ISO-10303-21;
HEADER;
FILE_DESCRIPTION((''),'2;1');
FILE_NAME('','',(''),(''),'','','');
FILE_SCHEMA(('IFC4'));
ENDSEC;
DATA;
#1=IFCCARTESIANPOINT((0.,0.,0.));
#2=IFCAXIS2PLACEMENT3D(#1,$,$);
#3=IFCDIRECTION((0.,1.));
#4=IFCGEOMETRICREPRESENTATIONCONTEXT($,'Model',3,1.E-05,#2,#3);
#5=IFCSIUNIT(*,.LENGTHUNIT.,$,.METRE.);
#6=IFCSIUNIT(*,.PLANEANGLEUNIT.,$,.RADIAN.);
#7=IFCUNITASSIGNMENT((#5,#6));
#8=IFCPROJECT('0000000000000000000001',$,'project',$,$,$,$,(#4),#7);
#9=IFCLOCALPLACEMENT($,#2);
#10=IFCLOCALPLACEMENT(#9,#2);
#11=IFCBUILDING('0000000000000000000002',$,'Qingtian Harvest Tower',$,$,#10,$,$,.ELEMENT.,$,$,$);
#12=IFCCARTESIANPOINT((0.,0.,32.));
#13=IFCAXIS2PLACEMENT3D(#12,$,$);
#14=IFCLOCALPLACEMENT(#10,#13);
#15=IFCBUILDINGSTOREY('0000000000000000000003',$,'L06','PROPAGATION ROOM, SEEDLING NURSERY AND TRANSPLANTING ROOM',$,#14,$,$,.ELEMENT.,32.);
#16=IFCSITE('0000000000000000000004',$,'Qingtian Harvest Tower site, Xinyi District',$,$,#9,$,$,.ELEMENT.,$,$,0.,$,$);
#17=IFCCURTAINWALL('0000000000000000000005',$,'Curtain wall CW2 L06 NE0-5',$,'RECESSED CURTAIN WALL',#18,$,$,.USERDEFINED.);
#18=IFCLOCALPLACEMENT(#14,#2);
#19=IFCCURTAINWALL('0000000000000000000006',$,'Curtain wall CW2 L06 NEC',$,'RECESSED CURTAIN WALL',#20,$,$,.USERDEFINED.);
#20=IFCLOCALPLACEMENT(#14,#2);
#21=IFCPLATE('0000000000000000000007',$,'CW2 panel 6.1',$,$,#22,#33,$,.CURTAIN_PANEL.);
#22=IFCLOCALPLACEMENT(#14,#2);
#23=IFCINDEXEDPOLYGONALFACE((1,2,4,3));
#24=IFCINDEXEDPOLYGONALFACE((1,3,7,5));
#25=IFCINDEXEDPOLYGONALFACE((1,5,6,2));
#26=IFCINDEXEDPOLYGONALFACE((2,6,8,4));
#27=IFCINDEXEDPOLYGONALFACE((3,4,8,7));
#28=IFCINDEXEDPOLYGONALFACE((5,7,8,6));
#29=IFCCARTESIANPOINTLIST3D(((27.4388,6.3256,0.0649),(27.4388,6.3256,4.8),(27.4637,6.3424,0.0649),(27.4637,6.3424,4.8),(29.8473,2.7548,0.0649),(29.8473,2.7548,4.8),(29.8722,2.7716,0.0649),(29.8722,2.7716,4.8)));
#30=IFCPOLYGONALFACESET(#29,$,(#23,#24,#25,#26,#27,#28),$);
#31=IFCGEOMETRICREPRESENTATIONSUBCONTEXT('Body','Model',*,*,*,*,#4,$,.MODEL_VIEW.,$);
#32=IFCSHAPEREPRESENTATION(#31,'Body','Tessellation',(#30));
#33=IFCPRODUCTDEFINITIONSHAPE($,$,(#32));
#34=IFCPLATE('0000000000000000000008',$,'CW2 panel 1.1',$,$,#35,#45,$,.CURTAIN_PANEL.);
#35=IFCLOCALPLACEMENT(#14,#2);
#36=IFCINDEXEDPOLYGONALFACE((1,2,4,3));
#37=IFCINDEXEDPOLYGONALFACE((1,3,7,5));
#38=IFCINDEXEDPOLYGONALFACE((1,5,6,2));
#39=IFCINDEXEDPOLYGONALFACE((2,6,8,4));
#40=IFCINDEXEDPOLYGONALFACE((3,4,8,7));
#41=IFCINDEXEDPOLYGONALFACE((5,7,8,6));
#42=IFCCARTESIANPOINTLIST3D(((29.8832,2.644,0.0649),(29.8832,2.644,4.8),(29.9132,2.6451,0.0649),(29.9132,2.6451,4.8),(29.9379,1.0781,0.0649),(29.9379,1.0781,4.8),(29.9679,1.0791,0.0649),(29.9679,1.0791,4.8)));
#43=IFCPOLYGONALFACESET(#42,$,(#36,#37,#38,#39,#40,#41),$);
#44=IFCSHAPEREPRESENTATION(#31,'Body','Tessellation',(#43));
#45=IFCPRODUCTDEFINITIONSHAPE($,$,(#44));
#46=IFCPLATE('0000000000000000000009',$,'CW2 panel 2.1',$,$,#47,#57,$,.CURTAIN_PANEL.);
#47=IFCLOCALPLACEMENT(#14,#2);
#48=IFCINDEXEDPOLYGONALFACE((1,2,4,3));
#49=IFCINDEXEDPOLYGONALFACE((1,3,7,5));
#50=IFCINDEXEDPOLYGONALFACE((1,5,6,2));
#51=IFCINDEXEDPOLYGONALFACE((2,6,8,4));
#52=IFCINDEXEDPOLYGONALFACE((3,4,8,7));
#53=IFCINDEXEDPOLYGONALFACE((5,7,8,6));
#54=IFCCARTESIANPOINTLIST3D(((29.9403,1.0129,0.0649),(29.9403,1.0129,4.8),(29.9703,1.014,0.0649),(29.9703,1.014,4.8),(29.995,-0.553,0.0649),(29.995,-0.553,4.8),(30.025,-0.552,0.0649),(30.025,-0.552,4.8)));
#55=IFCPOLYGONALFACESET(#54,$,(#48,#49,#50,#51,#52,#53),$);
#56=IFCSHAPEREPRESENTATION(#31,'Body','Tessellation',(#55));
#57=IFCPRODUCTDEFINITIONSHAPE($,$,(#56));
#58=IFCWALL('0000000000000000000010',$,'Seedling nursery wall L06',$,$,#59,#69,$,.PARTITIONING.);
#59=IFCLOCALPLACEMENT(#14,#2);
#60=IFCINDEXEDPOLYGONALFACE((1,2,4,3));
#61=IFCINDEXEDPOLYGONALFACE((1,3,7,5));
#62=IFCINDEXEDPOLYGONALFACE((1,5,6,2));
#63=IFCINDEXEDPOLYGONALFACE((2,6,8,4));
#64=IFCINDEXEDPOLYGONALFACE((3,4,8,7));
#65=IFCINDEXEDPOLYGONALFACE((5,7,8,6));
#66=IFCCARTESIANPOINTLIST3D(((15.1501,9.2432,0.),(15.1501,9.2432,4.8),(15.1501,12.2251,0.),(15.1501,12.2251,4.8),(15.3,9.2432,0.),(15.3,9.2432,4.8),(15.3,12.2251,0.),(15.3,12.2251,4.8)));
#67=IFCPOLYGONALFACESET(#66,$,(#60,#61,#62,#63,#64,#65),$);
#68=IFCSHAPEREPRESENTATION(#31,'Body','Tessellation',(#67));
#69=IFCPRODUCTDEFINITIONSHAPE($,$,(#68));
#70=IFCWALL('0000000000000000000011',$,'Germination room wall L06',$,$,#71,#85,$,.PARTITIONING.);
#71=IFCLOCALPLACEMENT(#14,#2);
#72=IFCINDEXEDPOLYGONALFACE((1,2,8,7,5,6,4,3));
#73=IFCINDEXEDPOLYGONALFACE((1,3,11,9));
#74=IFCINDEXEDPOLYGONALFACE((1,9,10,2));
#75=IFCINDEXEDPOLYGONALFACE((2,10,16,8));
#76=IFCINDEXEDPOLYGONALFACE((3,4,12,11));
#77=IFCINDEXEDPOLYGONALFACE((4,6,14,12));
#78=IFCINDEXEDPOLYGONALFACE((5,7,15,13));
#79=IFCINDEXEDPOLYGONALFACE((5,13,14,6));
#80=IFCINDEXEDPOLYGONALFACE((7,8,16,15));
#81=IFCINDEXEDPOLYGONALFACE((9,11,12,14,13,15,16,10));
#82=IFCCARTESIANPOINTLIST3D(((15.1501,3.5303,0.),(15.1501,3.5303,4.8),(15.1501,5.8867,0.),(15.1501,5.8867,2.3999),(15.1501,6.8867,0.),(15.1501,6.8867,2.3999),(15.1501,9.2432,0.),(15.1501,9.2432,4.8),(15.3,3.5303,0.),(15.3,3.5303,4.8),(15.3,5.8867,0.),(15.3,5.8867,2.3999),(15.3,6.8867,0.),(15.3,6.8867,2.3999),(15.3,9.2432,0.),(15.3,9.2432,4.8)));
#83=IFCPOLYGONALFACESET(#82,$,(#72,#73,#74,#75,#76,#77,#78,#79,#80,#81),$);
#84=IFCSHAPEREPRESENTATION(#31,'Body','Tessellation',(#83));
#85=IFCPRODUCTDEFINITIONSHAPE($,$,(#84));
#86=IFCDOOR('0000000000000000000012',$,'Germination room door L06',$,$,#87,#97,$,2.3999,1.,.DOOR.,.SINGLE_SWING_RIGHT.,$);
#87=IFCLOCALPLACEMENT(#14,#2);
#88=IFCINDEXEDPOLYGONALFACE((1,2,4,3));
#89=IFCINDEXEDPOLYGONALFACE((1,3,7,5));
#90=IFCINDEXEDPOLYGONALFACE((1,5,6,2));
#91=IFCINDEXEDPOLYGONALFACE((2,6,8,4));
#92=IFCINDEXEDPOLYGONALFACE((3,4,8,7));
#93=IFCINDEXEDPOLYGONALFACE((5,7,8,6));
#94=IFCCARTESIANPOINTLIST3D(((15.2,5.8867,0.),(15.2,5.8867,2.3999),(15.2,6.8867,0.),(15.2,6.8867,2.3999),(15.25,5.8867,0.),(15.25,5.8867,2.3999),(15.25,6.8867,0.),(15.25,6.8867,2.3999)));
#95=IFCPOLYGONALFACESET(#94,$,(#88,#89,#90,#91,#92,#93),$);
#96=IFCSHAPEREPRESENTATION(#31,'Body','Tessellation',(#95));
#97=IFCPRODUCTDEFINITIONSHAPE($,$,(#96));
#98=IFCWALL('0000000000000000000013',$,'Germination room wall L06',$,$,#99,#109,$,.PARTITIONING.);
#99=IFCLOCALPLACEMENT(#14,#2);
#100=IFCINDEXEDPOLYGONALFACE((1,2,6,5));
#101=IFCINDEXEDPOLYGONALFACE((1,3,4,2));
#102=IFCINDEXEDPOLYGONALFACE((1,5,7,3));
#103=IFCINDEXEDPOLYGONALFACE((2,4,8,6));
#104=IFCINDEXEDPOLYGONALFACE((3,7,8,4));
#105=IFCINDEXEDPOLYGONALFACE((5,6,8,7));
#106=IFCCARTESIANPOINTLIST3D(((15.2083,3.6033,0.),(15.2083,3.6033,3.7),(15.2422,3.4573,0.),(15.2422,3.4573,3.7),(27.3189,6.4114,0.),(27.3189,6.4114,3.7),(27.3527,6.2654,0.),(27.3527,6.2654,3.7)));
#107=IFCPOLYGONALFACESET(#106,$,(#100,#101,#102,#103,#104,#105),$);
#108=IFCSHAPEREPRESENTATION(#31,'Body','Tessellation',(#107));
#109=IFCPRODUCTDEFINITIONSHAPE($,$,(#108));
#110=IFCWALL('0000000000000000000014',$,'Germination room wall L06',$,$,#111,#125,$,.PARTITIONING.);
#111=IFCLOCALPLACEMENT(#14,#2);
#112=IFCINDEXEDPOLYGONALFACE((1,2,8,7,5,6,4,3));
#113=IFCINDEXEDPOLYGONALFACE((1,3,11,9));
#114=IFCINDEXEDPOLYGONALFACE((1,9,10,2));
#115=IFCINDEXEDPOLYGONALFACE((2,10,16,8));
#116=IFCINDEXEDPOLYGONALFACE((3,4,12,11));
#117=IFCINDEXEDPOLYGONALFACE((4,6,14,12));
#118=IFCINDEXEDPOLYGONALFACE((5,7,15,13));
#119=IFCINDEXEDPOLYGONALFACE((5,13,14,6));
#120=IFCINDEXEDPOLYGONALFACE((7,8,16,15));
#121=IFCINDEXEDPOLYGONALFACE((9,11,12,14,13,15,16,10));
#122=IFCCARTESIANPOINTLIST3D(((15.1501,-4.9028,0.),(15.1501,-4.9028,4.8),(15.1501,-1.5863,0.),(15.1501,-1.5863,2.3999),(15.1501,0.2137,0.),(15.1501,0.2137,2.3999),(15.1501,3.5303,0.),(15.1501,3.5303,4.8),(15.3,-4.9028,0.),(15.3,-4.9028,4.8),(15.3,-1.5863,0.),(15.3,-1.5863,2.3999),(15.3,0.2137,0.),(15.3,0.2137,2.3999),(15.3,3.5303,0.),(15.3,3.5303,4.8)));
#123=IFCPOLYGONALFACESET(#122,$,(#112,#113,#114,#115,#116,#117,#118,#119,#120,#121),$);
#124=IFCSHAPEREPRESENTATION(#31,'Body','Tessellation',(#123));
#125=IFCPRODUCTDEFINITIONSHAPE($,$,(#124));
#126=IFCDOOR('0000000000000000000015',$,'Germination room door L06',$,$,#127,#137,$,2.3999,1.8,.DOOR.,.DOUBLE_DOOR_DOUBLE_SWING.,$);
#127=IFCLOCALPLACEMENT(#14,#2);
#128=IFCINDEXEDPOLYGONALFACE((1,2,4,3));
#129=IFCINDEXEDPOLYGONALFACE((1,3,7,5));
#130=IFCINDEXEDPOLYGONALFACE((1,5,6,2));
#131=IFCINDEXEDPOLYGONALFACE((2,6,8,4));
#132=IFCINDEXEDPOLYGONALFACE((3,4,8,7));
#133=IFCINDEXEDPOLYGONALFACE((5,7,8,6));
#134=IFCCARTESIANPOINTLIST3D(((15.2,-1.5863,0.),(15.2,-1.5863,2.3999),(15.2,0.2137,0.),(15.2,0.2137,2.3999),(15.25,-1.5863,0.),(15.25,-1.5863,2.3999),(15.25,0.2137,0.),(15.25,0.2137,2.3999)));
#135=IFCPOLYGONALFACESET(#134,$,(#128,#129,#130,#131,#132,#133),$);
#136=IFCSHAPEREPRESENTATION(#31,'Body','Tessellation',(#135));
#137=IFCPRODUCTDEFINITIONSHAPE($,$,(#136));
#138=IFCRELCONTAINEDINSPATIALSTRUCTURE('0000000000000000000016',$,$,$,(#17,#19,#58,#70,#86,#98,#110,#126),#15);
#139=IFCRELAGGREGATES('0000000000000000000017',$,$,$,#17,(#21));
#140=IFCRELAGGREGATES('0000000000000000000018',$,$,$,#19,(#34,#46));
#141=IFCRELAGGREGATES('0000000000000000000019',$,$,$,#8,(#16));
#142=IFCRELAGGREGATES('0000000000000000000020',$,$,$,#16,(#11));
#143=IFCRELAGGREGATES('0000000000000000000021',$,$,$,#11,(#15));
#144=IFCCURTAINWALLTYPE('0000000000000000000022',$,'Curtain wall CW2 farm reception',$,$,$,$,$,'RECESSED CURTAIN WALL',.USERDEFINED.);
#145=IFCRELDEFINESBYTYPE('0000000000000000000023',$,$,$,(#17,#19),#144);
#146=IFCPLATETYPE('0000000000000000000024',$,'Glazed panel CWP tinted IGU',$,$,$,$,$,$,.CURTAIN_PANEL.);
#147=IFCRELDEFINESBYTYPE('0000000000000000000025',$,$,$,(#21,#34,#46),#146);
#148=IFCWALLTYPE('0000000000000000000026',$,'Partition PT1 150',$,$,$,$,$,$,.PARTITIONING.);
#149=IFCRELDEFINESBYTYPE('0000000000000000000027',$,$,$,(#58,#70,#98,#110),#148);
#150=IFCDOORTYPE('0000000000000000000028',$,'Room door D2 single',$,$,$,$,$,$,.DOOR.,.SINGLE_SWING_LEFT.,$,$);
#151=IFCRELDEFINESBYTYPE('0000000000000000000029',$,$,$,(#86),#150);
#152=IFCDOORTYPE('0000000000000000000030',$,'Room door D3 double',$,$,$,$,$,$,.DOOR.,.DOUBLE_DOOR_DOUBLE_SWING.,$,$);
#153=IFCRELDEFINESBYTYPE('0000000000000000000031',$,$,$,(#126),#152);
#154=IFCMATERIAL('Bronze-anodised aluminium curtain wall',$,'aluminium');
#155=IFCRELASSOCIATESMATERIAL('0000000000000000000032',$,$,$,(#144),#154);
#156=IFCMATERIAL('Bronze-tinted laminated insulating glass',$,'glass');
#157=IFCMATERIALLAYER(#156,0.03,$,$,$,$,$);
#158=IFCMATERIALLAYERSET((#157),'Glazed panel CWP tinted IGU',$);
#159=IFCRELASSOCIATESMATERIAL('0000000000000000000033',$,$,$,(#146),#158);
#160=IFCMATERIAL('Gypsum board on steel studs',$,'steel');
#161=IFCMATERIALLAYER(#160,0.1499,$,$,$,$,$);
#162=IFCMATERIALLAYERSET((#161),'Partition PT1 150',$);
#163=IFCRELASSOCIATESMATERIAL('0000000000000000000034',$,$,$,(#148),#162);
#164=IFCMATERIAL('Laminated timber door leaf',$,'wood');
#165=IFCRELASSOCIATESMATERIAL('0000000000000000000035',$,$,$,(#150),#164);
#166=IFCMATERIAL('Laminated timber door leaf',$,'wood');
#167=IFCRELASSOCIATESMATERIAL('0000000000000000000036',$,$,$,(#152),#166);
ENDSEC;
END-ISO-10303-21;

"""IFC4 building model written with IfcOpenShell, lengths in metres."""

from ifc_helpers import new_model, si_unit, direction, frame, frame_2d, origin, origin_2d, place, context, subcontext, project, spatial, rectangle, extrude, material, layer, layer_set, type_object, element, fill, aggregate, save


model = new_model("IFC4")

# Units and contexts
model_context = context("Model", 3, precision=1e-05, world=origin(), true_north=direction((0.0, 1.0)))
body_context = subcontext(model_context, "Body", "Model", "MODEL_VIEW")
ifc_project = project(units=[si_unit("LENGTHUNIT", "METRE"), si_unit("PLANEANGLEUNIT", "RADIAN")], contexts=[model_context])

# Site, building, storey
site_placement = place(None, origin())
site = spatial("IfcSite", under=ifc_project, at=site_placement, Name="Qingtian Harvest Tower site, Xinyi District", CompositionType="ELEMENT", RefElevation=0.0)
building_placement = place(site_placement, origin())
building = spatial("IfcBuilding", under=site, at=building_placement, Name="Qingtian Harvest Tower", CompositionType="ELEMENT")
storey_placement = place(building_placement, frame((0.0, 0.0, 32.0)))
storey = spatial("IfcBuildingStorey", under=building, at=storey_placement, Name="L06", Description="PROPAGATION ROOM, SEEDLING NURSERY AND TRANSPLANTING ROOM", CompositionType="ELEMENT", Elevation=32.0)

# Curtain walls
ifc_material_1 = material(Name="Bronze-anodised aluminium curtain wall", Category="aluminium")
curtain_wall_type = type_object("IfcCurtainWallType", Name="Curtain wall CW2 farm reception", ElementType="RECESSED CURTAIN WALL", PredefinedType="USERDEFINED", material=ifc_material_1)
curtain_wall_1_placement = place(storey_placement, origin())
curtain_wall_1 = element("IfcCurtainWall", 1, at=curtain_wall_1_placement, inside=storey, type_object=curtain_wall_type, Name="Curtain wall CW2 L06 NE0-5", ObjectType="RECESSED CURTAIN WALL", PredefinedType="USERDEFINED")
curtain_wall_2_placement = place(storey_placement, origin())
curtain_wall_2 = element("IfcCurtainWall", 2, at=curtain_wall_2_placement, inside=storey, type_object=curtain_wall_type, Name="Curtain wall CW2 L06 NEC", ObjectType="RECESSED CURTAIN WALL", PredefinedType="USERDEFINED")

# Plates
ifc_material_2 = material(Name="Bronze-tinted laminated insulating glass", Category="glass")
ifc_layer_1 = layer(ifc_material_2, 0.03)
ifc_layer_set_1 = layer_set([ifc_layer_1], Name="Glazed panel CWP tinted IGU")
plate_type = type_object("IfcPlateType", Name="Glazed panel CWP tinted IGU", PredefinedType="CURTAIN_PANEL", material=ifc_layer_set_1)
plate_1_placement = place(storey_placement, frame((28.6555, 4.5486, 0.0649), z_axis=(0.0, 0.0, 1.0), x_axis=(0.559193, -0.829038, 0.0)))
plate_1 = element("IfcPlate", 3, at=plate_1_placement, type_object=plate_type, Name="CW2 panel 6.1", PredefinedType="CURTAIN_PANEL", context=body_context, shape_type="SweptSolid", body=[
    extrude(rectangle(XDim=4.3071, YDim=0.03, at=origin_2d()), origin(), (0.0, 0.0, 1.0), 4.7351),
])
aggregate(curtain_wall_1, [plate_1])
plate_2_placement = place(storey_placement, frame((29.9255, 1.8616, 0.0649), z_axis=(0.0, 0.0, 1.0), x_axis=(0.034899, -0.999391, 0.0)))
plate_2 = element("IfcPlate", 4, at=plate_2_placement, type_object=plate_type, Name="CW2 panel 1.1", PredefinedType="CURTAIN_PANEL", context=body_context, shape_type="SweptSolid", body=[
    extrude(rectangle(XDim=1.5669, YDim=0.03, at=origin_2d()), origin(), (0.0, 0.0, 1.0), 4.7351),
])
plate_3_placement = place(storey_placement, frame((29.9827, 0.2305, 0.0649), z_axis=(0.0, 0.0, 1.0), x_axis=(0.034899, -0.999391, 0.0)))
plate_3 = element("IfcPlate", 5, at=plate_3_placement, type_object=plate_type, Name="CW2 panel 2.1", PredefinedType="CURTAIN_PANEL", context=body_context, shape_type="SweptSolid", body=[
    extrude(rectangle(XDim=1.5669, YDim=0.03, at=origin_2d()), origin(), (0.0, 0.0, 1.0), 4.7351),
])
aggregate(curtain_wall_2, [plate_2, plate_3])

# Wall
ifc_material_3 = material(Name="Gypsum board on steel studs", Category="steel")
ifc_layer_2 = layer(ifc_material_3, 0.1499)
ifc_layer_set_2 = layer_set([ifc_layer_2], Name="Partition PT1 150")
wall_type = type_object("IfcWallType", Name="Partition PT1 150", PredefinedType="PARTITIONING", material=ifc_layer_set_2)
wall_1_placement = place(storey_placement, frame((15.2251, 12.2251, 0.0), z_axis=(0.0, 0.0, 1.0), x_axis=(0.0, -1.0, 0.0)))
element("IfcWall", 6, at=wall_1_placement, inside=storey, type_object=wall_type, Name="Seedling nursery wall L06", PredefinedType="PARTITIONING", context=body_context, shape_type="SweptSolid", body=[
    extrude(rectangle(XDim=2.9819, YDim=0.1499, at=frame_2d((1.491, 0.0))), origin(), (0.0, 0.0, 1.0), 4.8),
])

# Wall, opening, door
wall_2_placement = place(storey_placement, frame((15.2251, 9.2432, 0.0), z_axis=(0.0, 0.0, 1.0), x_axis=(0.0, -1.0, 0.0)))
wall_2 = element("IfcWall", 7, at=wall_2_placement, inside=storey, type_object=wall_type, Name="Germination room wall L06", PredefinedType="PARTITIONING", context=body_context, shape_type="SweptSolid", body=[
    extrude(rectangle(XDim=5.7129, YDim=0.1499, at=frame_2d((2.8564, 0.0))), origin(), (0.0, 0.0, 1.0), 4.8),
])
opening_1_placement = place(wall_2_placement, frame((2.3564, 0.0, 0.0)))
opening_1 = element("IfcOpeningElement", 8, at=opening_1_placement, cuts=wall_2, PredefinedType="OPENING", context=body_context, shape_type="SweptSolid", body=[
    extrude(rectangle(XDim=1.0, YDim=2.3999, at=frame_2d((0.5, 1.2))), frame((0.0, 0.085, 0.0), z_axis=(0.0, -1.0, 0.0), x_axis=(1.0, 0.0, 0.0)), (0.0, 0.0, 1.0), 0.1699),
])
ifc_material_4 = material(Name="Laminated timber door leaf", Category="wood")
door_type_1 = type_object("IfcDoorType", Name="Room door D2 single", OperationType="SINGLE_SWING_LEFT", PredefinedType="DOOR", material=ifc_material_4)
door_1_placement = place(opening_1_placement, origin())
door_1 = element("IfcDoor", 9, at=door_1_placement, inside=storey, type_object=door_type_1, Name="Germination room door L06", OperationType="SINGLE_SWING_RIGHT", OverallHeight=2.3999, OverallWidth=1.0, PredefinedType="DOOR", context=body_context, shape_type="SweptSolid", body=[
    extrude(rectangle(XDim=1.0, YDim=2.3999, at=frame_2d((0.5, 1.2))), frame((0.0, 0.0249, 0.0), z_axis=(0.0, -1.0, 0.0), x_axis=(1.0, 0.0, 0.0)), (0.0, 0.0, 1.0), 0.05),
])
fill(opening_1, door_1)

# Wall
wall_3_placement = place(storey_placement, frame((27.3357, 6.3384, 0.0), z_axis=(0.0, 0.0, 1.0), x_axis=(-0.974155, -0.225879, 0.0)))
element("IfcWall", 10, at=wall_3_placement, inside=storey, type_object=wall_type, Name="Germination room wall L06", PredefinedType="PARTITIONING", context=body_context, shape_type="SweptSolid", body=[
    extrude(rectangle(XDim=12.4319, YDim=0.1499, at=frame_2d((6.2158, 0.0))), origin(), (0.0, 0.0, 1.0), 3.7),
])

# Wall, opening, door
wall_4_placement = place(storey_placement, frame((15.2251, 3.5303, 0.0), z_axis=(0.0, 0.0, 1.0), x_axis=(0.0, -1.0, 0.0)))
wall_4 = element("IfcWall", 11, at=wall_4_placement, inside=storey, type_object=wall_type, Name="Germination room wall L06", PredefinedType="PARTITIONING", context=body_context, shape_type="SweptSolid", body=[
    extrude(rectangle(XDim=8.4331, YDim=0.1499, at=frame_2d((4.2166, 0.0))), origin(), (0.0, 0.0, 1.0), 4.8),
])
opening_2_placement = place(wall_4_placement, frame((3.3167, 0.0, 0.0)))
opening_2 = element("IfcOpeningElement", 12, at=opening_2_placement, cuts=wall_4, PredefinedType="OPENING", context=body_context, shape_type="SweptSolid", body=[
    extrude(rectangle(XDim=1.8, YDim=2.3999, at=frame_2d((0.8999, 1.2))), frame((0.0, 0.085, 0.0), z_axis=(0.0, -1.0, 0.0), x_axis=(1.0, 0.0, 0.0)), (0.0, 0.0, 1.0), 0.1699),
])
ifc_material_5 = material(Name="Laminated timber door leaf", Category="wood")
door_type_2 = type_object("IfcDoorType", Name="Room door D3 double", OperationType="DOUBLE_DOOR_DOUBLE_SWING", PredefinedType="DOOR", material=ifc_material_5)
door_2_placement = place(opening_2_placement, origin())
door_2 = element("IfcDoor", 13, at=door_2_placement, inside=storey, type_object=door_type_2, Name="Germination room door L06", OperationType="DOUBLE_DOOR_DOUBLE_SWING", OverallHeight=2.3999, OverallWidth=1.8, PredefinedType="DOOR", context=body_context, shape_type="SweptSolid", body=[
    extrude(rectangle(XDim=1.8, YDim=2.3999, at=frame_2d((0.8999, 1.2))), frame((0.0, 0.0249, 0.0), z_axis=(0.0, -1.0, 0.0), x_axis=(1.0, 0.0, 0.0)), (0.0, 0.0, 1.0), 0.05),
])
fill(opening_2, door_2)

save(model, "model.ifc")
